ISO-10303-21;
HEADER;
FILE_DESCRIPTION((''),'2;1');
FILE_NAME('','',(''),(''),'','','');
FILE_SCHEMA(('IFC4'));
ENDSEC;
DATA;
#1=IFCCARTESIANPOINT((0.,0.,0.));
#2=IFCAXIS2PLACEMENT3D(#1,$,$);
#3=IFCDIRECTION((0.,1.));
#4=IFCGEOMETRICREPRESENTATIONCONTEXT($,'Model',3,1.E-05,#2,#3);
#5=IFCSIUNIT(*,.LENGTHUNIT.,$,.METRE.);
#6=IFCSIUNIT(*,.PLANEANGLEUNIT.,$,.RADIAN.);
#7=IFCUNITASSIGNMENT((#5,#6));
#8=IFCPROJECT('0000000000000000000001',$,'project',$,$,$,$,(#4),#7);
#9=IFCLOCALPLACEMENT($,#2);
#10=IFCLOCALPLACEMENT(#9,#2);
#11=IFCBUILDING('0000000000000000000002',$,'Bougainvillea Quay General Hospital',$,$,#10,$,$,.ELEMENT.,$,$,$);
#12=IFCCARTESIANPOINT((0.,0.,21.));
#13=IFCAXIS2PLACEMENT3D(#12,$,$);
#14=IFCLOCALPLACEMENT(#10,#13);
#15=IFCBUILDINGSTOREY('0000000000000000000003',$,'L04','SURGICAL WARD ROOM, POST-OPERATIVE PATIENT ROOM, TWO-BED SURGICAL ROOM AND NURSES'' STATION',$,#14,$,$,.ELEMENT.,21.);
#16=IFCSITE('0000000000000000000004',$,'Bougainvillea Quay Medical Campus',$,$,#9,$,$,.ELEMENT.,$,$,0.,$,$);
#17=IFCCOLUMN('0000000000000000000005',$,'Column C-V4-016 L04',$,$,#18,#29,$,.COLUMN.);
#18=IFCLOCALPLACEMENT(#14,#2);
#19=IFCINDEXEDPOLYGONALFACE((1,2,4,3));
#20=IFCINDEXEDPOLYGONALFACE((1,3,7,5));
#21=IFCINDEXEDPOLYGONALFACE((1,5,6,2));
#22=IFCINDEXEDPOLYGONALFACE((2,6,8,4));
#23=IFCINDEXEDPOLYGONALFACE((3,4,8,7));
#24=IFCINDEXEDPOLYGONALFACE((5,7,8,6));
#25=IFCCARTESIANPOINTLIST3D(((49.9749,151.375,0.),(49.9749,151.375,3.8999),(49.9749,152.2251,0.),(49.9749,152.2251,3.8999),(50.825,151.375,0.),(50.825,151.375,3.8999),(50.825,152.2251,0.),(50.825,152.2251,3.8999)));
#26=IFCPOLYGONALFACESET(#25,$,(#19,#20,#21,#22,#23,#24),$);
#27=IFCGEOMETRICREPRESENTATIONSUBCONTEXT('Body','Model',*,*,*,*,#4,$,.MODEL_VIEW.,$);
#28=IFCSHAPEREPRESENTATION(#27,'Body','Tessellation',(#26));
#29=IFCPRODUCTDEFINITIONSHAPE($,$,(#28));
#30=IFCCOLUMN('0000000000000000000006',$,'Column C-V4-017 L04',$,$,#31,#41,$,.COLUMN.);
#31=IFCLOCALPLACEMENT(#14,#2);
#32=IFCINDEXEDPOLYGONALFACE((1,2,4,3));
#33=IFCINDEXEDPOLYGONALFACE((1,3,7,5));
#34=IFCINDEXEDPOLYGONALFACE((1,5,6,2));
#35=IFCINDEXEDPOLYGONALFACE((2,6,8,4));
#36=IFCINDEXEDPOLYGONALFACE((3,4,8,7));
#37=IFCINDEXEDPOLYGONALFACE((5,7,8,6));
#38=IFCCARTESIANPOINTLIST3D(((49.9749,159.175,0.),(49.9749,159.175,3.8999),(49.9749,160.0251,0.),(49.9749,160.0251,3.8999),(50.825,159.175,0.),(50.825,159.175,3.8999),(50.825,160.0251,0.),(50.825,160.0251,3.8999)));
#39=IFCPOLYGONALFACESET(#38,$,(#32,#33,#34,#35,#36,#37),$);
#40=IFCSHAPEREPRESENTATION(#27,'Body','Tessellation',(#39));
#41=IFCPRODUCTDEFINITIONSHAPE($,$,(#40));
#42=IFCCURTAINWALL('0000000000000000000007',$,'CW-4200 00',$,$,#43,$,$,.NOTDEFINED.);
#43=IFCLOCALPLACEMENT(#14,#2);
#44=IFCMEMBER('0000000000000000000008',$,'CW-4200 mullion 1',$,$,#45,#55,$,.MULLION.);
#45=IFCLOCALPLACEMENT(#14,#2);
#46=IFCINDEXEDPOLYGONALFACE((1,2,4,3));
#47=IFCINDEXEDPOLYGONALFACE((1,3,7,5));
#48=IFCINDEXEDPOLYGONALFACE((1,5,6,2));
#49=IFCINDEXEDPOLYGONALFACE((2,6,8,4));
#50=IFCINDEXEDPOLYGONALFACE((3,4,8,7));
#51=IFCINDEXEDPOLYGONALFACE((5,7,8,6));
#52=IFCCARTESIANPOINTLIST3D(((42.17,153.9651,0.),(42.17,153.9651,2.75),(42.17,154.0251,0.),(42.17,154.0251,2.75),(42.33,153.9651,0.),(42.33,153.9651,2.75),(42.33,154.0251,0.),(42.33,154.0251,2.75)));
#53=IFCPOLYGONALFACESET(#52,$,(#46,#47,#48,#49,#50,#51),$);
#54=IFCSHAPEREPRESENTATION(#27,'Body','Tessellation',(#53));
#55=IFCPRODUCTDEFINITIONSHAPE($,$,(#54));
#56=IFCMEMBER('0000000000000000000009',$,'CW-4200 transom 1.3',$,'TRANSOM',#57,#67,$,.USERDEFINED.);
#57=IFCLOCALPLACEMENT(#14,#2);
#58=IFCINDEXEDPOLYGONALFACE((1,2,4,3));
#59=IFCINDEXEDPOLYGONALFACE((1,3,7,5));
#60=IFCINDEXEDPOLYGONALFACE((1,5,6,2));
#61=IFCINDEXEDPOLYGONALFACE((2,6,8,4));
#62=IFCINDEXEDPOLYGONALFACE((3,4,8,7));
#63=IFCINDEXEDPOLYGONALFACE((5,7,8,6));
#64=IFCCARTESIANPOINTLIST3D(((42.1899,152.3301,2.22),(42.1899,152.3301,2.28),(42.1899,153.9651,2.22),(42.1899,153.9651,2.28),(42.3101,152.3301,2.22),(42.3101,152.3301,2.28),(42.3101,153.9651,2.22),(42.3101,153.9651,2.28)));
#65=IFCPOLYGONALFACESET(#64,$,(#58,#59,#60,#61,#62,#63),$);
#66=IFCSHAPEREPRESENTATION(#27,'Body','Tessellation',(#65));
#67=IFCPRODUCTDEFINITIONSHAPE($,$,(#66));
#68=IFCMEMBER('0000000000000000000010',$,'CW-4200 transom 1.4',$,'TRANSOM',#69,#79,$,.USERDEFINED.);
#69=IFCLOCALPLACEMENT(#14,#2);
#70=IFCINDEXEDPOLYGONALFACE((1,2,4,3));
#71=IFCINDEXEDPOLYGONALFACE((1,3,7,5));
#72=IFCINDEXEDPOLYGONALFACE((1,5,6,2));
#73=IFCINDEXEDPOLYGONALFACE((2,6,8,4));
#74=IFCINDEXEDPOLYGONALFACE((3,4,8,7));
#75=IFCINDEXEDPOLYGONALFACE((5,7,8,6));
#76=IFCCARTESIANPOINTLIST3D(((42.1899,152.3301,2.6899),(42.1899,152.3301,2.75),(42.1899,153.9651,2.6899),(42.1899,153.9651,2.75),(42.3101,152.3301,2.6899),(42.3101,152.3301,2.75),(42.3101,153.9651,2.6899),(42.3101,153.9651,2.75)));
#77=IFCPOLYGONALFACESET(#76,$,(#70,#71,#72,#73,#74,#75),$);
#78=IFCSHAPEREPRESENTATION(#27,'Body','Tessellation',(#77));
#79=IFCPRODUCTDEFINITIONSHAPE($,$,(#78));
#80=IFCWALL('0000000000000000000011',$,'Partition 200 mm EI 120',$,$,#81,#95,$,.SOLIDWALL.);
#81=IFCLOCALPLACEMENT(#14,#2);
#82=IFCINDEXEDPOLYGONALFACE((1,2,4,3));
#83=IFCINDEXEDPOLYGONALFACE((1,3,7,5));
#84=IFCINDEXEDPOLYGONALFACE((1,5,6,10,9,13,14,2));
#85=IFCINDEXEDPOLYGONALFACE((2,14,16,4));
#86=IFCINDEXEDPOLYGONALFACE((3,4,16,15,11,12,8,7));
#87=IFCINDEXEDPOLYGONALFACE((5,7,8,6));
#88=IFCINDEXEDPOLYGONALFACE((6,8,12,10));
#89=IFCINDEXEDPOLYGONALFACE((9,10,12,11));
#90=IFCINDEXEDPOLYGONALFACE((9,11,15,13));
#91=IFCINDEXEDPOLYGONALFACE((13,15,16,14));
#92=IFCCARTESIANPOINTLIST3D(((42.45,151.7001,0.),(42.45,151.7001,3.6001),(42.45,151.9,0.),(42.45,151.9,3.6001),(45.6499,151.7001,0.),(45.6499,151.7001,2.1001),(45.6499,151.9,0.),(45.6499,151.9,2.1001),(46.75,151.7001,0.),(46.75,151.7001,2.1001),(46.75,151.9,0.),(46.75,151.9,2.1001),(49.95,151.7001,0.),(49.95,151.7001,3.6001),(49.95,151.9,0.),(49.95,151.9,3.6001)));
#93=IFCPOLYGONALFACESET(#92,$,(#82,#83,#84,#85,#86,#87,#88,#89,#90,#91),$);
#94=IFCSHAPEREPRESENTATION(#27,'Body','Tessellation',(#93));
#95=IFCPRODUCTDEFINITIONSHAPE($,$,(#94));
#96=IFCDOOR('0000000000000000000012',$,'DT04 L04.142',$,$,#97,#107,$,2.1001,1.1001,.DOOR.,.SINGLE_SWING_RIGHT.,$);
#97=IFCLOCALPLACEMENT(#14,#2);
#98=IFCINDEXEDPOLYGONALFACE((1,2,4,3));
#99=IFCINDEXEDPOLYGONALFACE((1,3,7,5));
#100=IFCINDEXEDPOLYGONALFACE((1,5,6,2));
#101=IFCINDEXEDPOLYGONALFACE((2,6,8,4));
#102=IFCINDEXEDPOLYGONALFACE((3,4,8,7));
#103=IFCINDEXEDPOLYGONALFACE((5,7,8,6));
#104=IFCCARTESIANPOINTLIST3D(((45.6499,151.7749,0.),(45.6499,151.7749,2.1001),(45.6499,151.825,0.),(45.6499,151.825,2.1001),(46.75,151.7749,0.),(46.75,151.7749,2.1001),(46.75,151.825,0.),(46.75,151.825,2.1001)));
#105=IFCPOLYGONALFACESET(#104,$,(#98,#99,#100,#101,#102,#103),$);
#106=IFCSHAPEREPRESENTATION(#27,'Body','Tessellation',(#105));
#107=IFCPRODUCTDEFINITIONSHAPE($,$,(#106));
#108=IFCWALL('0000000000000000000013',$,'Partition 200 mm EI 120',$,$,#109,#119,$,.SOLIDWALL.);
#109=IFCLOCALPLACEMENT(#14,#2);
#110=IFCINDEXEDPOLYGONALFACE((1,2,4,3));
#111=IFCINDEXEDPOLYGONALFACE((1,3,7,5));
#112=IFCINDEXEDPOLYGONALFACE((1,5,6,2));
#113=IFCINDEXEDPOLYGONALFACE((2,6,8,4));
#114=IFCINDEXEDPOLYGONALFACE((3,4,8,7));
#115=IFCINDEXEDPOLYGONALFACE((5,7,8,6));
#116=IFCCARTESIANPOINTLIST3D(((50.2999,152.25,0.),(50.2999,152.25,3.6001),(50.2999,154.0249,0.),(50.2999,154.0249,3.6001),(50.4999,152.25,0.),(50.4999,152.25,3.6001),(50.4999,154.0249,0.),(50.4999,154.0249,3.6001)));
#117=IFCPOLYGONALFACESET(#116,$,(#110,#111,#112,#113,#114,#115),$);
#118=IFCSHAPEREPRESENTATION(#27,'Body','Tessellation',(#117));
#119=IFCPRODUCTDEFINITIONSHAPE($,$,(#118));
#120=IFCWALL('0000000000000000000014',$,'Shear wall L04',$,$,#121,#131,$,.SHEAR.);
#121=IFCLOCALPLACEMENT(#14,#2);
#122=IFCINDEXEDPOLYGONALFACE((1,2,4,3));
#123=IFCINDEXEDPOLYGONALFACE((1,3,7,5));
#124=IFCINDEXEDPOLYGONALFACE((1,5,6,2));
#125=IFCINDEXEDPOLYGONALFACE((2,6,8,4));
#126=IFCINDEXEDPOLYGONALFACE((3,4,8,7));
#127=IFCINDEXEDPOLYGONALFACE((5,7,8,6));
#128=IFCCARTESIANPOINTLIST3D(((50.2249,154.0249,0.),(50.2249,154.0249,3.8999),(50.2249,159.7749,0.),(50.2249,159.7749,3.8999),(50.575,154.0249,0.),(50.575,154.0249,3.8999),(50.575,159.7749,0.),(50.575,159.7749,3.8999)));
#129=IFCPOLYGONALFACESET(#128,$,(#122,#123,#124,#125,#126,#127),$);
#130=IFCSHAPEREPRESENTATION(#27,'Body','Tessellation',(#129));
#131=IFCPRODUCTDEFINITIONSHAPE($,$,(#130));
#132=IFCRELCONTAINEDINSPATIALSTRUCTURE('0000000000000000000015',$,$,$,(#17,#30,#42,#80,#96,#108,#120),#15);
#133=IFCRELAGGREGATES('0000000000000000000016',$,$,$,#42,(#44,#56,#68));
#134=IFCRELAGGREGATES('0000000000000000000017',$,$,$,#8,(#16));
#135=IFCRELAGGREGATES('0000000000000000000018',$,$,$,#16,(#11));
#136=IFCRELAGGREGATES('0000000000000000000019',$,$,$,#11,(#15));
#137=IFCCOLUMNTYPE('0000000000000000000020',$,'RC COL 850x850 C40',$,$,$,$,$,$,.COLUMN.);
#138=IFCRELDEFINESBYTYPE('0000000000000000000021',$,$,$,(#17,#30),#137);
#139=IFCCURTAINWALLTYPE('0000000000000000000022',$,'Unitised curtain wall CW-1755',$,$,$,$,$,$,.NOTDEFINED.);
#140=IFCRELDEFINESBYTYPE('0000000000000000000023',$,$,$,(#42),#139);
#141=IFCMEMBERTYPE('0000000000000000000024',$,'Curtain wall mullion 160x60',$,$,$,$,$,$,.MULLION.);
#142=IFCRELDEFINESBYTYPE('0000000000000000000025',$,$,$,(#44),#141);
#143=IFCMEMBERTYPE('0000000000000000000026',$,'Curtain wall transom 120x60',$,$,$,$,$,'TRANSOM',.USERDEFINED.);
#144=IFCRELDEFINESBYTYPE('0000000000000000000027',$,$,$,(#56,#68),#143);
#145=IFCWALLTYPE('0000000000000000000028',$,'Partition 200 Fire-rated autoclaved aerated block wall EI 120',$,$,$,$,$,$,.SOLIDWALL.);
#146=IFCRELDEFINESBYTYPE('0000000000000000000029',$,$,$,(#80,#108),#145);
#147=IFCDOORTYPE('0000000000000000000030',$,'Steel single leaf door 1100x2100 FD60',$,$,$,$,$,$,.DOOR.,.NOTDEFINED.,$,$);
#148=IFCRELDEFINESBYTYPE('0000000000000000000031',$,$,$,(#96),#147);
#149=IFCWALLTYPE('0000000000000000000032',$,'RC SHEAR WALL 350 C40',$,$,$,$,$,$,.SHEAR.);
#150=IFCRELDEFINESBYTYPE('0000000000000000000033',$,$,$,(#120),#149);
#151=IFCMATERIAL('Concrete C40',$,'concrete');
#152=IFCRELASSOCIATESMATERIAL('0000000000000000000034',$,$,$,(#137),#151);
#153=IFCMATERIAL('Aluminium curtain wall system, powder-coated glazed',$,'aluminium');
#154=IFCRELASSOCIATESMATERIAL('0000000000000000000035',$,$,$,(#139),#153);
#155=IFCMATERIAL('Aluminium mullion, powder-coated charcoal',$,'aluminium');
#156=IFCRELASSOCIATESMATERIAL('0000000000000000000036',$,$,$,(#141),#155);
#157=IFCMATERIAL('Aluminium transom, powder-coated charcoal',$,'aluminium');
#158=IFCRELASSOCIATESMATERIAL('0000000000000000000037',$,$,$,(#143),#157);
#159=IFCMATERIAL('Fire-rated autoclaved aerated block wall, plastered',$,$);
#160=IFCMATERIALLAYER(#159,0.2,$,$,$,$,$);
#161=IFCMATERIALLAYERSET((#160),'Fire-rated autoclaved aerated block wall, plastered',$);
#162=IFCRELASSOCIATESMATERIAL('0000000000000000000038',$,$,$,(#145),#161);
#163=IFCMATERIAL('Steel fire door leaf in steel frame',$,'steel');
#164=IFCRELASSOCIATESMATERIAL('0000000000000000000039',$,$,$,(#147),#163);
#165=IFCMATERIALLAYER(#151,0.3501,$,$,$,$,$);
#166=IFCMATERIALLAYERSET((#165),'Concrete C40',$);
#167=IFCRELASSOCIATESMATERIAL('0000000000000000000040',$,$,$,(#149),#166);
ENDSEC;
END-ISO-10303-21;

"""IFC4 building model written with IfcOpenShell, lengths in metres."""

from ifc_helpers import new_model, si_unit, direction, frame, frame_2d, origin, origin_2d, place, context, subcontext, project, spatial, rectangle, extrude, material, layer, layer_set, material_profile, profile_set, type_object, element, fill, aggregate, save


model = new_model("IFC4")

# Units and contexts
model_context = context("Model", 3, precision=1e-05, world=origin(), true_north=direction((0.0, 1.0)))
body_context = subcontext(model_context, "Body", "Model", "MODEL_VIEW")
ifc_project = project(units=[si_unit("LENGTHUNIT", "METRE"), si_unit("PLANEANGLEUNIT", "RADIAN")], contexts=[model_context])

# Site, building, storey
site_placement = place(None, origin())
site = spatial("IfcSite", under=ifc_project, at=site_placement, Name="Bougainvillea Quay Medical Campus", CompositionType="ELEMENT", RefElevation=0.0)
building_placement = place(site_placement, origin())
building = spatial("IfcBuilding", under=site, at=building_placement, Name="Bougainvillea Quay General Hospital", CompositionType="ELEMENT")
storey_placement = place(building_placement, frame((0.0, 0.0, 21.0)))
storey = spatial("IfcBuildingStorey", under=building, at=storey_placement, Name="L04", Description="SURGICAL WARD ROOM, POST-OPERATIVE PATIENT ROOM, TWO-BED SURGICAL ROOM AND NURSES' STATION", CompositionType="ELEMENT", Elevation=21.0)

# Columns
ifc_material_1 = material(Name="Concrete C40", Category="concrete")
ifc_material_profile_1 = material_profile(ifc_material_1, rectangle(XDim=0.8501, YDim=0.8501, at=origin_2d()))
ifc_profile_set_1 = profile_set([ifc_material_profile_1], Name="Concrete C40")
column_type = type_object("IfcColumnType", Name="RC COL 850x850 C40", PredefinedType="COLUMN", material=ifc_profile_set_1)
for number, where, z_axis, x_axis, name in (
    (1, (50.3999, 151.8, 0.0), (0.0, 0.0, 1.0), (1.0, 0.0, 0.0), "Column C-V4-016 L04"),
    (2, (50.3999, 159.6001, 0.0), (0.0, 0.0, 1.0), (1.0, 0.0, 0.0), "Column C-V4-017 L04"),
):
    element("IfcColumn", number, at=place(storey_placement, frame(where, z_axis=z_axis, x_axis=x_axis)), inside=storey, type_object=column_type, Name=name, PredefinedType="COLUMN", context=body_context, shape_type="SweptSolid", body=[
        extrude(rectangle(XDim=0.8501, YDim=0.8501, at=origin_2d()), origin(), (0.0, 0.0, 1.0), 3.8999),
    ])

# Curtain wall, members
ifc_material_2 = material(Name="Aluminium curtain wall system, powder-coated glazed", Category="aluminium")
curtain_wall_type = type_object("IfcCurtainWallType", Name="Unitised curtain wall CW-1755", PredefinedType="NOTDEFINED", material=ifc_material_2)
curtain_wall_placement = place(storey_placement, origin())
curtain_wall = element("IfcCurtainWall", 3, at=curtain_wall_placement, inside=storey, type_object=curtain_wall_type, Name="CW-4200 00", PredefinedType="NOTDEFINED")
ifc_material_3 = material(Name="Aluminium mullion, powder-coated charcoal", Category="aluminium")
ifc_material_profile_2 = material_profile(ifc_material_3, rectangle(XDim=0.1599, YDim=0.0601, at=origin_2d()))
ifc_profile_set_2 = profile_set([ifc_material_profile_2], Name="Aluminium mullion, powder-coated charcoal")
member_type_1 = type_object("IfcMemberType", Name="Curtain wall mullion 160x60", PredefinedType="MULLION", material=ifc_profile_set_2)
member_1_placement = place(storey_placement, frame((42.25, 153.9951, 0.0), z_axis=(0.0, 0.0, 1.0), x_axis=(1.0, 0.0, 0.0)))
member_1 = element("IfcMember", 4, at=member_1_placement, type_object=member_type_1, Name="CW-4200 mullion 1", PredefinedType="MULLION", context=body_context, shape_type="SweptSolid", body=[
    extrude(rectangle(XDim=0.1599, YDim=0.0601, at=origin_2d()), origin(), (0.0, 0.0, 1.0), 2.75),
])
ifc_material_4 = material(Name="Aluminium transom, powder-coated charcoal", Category="aluminium")
ifc_material_profile_3 = material_profile(ifc_material_4, rectangle(XDim=0.1201, YDim=0.0601, at=origin_2d()))
ifc_profile_set_3 = profile_set([ifc_material_profile_3], Name="Aluminium transom, powder-coated charcoal")
member_type_2 = type_object("IfcMemberType", Name="Curtain wall transom 120x60", ElementType="TRANSOM", PredefinedType="USERDEFINED", material=ifc_profile_set_3)
member_2_placement = place(storey_placement, frame((42.25, 153.9651, 2.25), z_axis=(0.0, -1.0, 0.0), x_axis=(1.0, 0.0, 0.0)))
member_2 = element("IfcMember", 5, at=member_2_placement, type_object=member_type_2, Name="CW-4200 transom 1.3", ObjectType="TRANSOM", PredefinedType="USERDEFINED", context=body_context, shape_type="SweptSolid", body=[
    extrude(rectangle(XDim=0.1201, YDim=0.0601, at=origin_2d()), origin(), (0.0, 0.0, 1.0), 1.635),
])
member_3_placement = place(storey_placement, frame((42.25, 153.9651, 2.72), z_axis=(0.0, -1.0, 0.0), x_axis=(1.0, 0.0, 0.0)))
member_3 = element("IfcMember", 6, at=member_3_placement, type_object=member_type_2, Name="CW-4200 transom 1.4", ObjectType="TRANSOM", PredefinedType="USERDEFINED", context=body_context, shape_type="SweptSolid", body=[
    extrude(rectangle(XDim=0.1201, YDim=0.0601, at=origin_2d()), origin(), (0.0, 0.0, 1.0), 1.635),
])
aggregate(curtain_wall, [member_1, member_2, member_3])

# Wall, opening, door
ifc_material_5 = material(Name="Fire-rated autoclaved aerated block wall, plastered")
ifc_layer_1 = layer(ifc_material_5, 0.2)
ifc_layer_set_1 = layer_set([ifc_layer_1], Name="Fire-rated autoclaved aerated block wall, plastered")
wall_type_1 = type_object("IfcWallType", Name="Partition 200 Fire-rated autoclaved aerated block wall EI 120", PredefinedType="SOLIDWALL", material=ifc_layer_set_1)
wall_1_placement = place(storey_placement, frame((42.45, 151.8, 0.0), z_axis=(0.0, 0.0, 1.0), x_axis=(1.0, 0.0, 0.0)))
wall_1 = element("IfcWall", 7, at=wall_1_placement, inside=storey, type_object=wall_type_1, Name="Partition 200 mm EI 120", PredefinedType="SOLIDWALL", context=body_context, shape_type="SweptSolid", body=[
    extrude(rectangle(XDim=7.5, YDim=0.2, at=frame_2d((3.75, 0.0))), origin(), (0.0, 0.0, 1.0), 3.6001),
])
opening_placement = place(wall_1_placement, frame((3.2, 0.0, 0.0)))
opening = element("IfcOpeningElement", 8, at=opening_placement, cuts=wall_1, PredefinedType="OPENING", context=body_context, shape_type="SweptSolid", body=[
    extrude(rectangle(XDim=1.1001, YDim=2.1001, at=frame_2d((0.55, 1.05))), frame((0.0, 0.1099, 0.0), z_axis=(0.0, -1.0, 0.0), x_axis=(1.0, 0.0, 0.0)), (0.0, 0.0, 1.0), 0.22),
])
ifc_material_6 = material(Name="Steel fire door leaf in steel frame", Category="steel")
door_type = type_object("IfcDoorType", Name="Steel single leaf door 1100x2100 FD60", OperationType="NOTDEFINED", PredefinedType="DOOR", material=ifc_material_6)
door_placement = place(opening_placement, origin())
door = element("IfcDoor", 9, at=door_placement, inside=storey, type_object=door_type, Name="DT04 L04.142", OperationType="SINGLE_SWING_RIGHT", OverallHeight=2.1001, OverallWidth=1.1001, PredefinedType="DOOR", context=body_context, shape_type="SweptSolid", body=[
    extrude(rectangle(XDim=1.1001, YDim=2.1001, at=frame_2d((0.55, 1.05))), frame((0.0, 0.0249, 0.0), z_axis=(0.0, -1.0, 0.0), x_axis=(1.0, 0.0, 0.0)), (0.0, 0.0, 1.0), 0.05),
])
fill(opening, door)

# Walls
wall_2_placement = place(storey_placement, frame((50.3999, 152.25, 0.0), z_axis=(0.0, 0.0, 1.0), x_axis=(0.0, 1.0, 0.0)))
element("IfcWall", 10, at=wall_2_placement, inside=storey, type_object=wall_type_1, Name="Partition 200 mm EI 120", PredefinedType="SOLIDWALL", context=body_context, shape_type="SweptSolid", body=[
    extrude(rectangle(XDim=1.7749, YDim=0.2, at=frame_2d((0.8875, 0.0))), origin(), (0.0, 0.0, 1.0), 3.6001),
])
ifc_layer_2 = layer(ifc_material_1, 0.3501)
ifc_layer_set_2 = layer_set([ifc_layer_2], Name="Concrete C40")
wall_type_2 = type_object("IfcWallType", Name="RC SHEAR WALL 350 C40", PredefinedType="SHEAR", material=ifc_layer_set_2)
wall_3_placement = place(storey_placement, frame((50.3999, 154.0249, 0.0), z_axis=(0.0, 0.0, 1.0), x_axis=(0.0, 1.0, 0.0)))
element("IfcWall", 11, at=wall_3_placement, inside=storey, type_object=wall_type_2, Name="Shear wall L04", PredefinedType="SHEAR", context=body_context, shape_type="SweptSolid", body=[
    extrude(rectangle(XDim=5.75, YDim=0.3501, at=frame_2d((2.875, 0.0))), origin(), (0.0, 0.0, 1.0), 3.8999),
])

save(model, "model.ifc")
